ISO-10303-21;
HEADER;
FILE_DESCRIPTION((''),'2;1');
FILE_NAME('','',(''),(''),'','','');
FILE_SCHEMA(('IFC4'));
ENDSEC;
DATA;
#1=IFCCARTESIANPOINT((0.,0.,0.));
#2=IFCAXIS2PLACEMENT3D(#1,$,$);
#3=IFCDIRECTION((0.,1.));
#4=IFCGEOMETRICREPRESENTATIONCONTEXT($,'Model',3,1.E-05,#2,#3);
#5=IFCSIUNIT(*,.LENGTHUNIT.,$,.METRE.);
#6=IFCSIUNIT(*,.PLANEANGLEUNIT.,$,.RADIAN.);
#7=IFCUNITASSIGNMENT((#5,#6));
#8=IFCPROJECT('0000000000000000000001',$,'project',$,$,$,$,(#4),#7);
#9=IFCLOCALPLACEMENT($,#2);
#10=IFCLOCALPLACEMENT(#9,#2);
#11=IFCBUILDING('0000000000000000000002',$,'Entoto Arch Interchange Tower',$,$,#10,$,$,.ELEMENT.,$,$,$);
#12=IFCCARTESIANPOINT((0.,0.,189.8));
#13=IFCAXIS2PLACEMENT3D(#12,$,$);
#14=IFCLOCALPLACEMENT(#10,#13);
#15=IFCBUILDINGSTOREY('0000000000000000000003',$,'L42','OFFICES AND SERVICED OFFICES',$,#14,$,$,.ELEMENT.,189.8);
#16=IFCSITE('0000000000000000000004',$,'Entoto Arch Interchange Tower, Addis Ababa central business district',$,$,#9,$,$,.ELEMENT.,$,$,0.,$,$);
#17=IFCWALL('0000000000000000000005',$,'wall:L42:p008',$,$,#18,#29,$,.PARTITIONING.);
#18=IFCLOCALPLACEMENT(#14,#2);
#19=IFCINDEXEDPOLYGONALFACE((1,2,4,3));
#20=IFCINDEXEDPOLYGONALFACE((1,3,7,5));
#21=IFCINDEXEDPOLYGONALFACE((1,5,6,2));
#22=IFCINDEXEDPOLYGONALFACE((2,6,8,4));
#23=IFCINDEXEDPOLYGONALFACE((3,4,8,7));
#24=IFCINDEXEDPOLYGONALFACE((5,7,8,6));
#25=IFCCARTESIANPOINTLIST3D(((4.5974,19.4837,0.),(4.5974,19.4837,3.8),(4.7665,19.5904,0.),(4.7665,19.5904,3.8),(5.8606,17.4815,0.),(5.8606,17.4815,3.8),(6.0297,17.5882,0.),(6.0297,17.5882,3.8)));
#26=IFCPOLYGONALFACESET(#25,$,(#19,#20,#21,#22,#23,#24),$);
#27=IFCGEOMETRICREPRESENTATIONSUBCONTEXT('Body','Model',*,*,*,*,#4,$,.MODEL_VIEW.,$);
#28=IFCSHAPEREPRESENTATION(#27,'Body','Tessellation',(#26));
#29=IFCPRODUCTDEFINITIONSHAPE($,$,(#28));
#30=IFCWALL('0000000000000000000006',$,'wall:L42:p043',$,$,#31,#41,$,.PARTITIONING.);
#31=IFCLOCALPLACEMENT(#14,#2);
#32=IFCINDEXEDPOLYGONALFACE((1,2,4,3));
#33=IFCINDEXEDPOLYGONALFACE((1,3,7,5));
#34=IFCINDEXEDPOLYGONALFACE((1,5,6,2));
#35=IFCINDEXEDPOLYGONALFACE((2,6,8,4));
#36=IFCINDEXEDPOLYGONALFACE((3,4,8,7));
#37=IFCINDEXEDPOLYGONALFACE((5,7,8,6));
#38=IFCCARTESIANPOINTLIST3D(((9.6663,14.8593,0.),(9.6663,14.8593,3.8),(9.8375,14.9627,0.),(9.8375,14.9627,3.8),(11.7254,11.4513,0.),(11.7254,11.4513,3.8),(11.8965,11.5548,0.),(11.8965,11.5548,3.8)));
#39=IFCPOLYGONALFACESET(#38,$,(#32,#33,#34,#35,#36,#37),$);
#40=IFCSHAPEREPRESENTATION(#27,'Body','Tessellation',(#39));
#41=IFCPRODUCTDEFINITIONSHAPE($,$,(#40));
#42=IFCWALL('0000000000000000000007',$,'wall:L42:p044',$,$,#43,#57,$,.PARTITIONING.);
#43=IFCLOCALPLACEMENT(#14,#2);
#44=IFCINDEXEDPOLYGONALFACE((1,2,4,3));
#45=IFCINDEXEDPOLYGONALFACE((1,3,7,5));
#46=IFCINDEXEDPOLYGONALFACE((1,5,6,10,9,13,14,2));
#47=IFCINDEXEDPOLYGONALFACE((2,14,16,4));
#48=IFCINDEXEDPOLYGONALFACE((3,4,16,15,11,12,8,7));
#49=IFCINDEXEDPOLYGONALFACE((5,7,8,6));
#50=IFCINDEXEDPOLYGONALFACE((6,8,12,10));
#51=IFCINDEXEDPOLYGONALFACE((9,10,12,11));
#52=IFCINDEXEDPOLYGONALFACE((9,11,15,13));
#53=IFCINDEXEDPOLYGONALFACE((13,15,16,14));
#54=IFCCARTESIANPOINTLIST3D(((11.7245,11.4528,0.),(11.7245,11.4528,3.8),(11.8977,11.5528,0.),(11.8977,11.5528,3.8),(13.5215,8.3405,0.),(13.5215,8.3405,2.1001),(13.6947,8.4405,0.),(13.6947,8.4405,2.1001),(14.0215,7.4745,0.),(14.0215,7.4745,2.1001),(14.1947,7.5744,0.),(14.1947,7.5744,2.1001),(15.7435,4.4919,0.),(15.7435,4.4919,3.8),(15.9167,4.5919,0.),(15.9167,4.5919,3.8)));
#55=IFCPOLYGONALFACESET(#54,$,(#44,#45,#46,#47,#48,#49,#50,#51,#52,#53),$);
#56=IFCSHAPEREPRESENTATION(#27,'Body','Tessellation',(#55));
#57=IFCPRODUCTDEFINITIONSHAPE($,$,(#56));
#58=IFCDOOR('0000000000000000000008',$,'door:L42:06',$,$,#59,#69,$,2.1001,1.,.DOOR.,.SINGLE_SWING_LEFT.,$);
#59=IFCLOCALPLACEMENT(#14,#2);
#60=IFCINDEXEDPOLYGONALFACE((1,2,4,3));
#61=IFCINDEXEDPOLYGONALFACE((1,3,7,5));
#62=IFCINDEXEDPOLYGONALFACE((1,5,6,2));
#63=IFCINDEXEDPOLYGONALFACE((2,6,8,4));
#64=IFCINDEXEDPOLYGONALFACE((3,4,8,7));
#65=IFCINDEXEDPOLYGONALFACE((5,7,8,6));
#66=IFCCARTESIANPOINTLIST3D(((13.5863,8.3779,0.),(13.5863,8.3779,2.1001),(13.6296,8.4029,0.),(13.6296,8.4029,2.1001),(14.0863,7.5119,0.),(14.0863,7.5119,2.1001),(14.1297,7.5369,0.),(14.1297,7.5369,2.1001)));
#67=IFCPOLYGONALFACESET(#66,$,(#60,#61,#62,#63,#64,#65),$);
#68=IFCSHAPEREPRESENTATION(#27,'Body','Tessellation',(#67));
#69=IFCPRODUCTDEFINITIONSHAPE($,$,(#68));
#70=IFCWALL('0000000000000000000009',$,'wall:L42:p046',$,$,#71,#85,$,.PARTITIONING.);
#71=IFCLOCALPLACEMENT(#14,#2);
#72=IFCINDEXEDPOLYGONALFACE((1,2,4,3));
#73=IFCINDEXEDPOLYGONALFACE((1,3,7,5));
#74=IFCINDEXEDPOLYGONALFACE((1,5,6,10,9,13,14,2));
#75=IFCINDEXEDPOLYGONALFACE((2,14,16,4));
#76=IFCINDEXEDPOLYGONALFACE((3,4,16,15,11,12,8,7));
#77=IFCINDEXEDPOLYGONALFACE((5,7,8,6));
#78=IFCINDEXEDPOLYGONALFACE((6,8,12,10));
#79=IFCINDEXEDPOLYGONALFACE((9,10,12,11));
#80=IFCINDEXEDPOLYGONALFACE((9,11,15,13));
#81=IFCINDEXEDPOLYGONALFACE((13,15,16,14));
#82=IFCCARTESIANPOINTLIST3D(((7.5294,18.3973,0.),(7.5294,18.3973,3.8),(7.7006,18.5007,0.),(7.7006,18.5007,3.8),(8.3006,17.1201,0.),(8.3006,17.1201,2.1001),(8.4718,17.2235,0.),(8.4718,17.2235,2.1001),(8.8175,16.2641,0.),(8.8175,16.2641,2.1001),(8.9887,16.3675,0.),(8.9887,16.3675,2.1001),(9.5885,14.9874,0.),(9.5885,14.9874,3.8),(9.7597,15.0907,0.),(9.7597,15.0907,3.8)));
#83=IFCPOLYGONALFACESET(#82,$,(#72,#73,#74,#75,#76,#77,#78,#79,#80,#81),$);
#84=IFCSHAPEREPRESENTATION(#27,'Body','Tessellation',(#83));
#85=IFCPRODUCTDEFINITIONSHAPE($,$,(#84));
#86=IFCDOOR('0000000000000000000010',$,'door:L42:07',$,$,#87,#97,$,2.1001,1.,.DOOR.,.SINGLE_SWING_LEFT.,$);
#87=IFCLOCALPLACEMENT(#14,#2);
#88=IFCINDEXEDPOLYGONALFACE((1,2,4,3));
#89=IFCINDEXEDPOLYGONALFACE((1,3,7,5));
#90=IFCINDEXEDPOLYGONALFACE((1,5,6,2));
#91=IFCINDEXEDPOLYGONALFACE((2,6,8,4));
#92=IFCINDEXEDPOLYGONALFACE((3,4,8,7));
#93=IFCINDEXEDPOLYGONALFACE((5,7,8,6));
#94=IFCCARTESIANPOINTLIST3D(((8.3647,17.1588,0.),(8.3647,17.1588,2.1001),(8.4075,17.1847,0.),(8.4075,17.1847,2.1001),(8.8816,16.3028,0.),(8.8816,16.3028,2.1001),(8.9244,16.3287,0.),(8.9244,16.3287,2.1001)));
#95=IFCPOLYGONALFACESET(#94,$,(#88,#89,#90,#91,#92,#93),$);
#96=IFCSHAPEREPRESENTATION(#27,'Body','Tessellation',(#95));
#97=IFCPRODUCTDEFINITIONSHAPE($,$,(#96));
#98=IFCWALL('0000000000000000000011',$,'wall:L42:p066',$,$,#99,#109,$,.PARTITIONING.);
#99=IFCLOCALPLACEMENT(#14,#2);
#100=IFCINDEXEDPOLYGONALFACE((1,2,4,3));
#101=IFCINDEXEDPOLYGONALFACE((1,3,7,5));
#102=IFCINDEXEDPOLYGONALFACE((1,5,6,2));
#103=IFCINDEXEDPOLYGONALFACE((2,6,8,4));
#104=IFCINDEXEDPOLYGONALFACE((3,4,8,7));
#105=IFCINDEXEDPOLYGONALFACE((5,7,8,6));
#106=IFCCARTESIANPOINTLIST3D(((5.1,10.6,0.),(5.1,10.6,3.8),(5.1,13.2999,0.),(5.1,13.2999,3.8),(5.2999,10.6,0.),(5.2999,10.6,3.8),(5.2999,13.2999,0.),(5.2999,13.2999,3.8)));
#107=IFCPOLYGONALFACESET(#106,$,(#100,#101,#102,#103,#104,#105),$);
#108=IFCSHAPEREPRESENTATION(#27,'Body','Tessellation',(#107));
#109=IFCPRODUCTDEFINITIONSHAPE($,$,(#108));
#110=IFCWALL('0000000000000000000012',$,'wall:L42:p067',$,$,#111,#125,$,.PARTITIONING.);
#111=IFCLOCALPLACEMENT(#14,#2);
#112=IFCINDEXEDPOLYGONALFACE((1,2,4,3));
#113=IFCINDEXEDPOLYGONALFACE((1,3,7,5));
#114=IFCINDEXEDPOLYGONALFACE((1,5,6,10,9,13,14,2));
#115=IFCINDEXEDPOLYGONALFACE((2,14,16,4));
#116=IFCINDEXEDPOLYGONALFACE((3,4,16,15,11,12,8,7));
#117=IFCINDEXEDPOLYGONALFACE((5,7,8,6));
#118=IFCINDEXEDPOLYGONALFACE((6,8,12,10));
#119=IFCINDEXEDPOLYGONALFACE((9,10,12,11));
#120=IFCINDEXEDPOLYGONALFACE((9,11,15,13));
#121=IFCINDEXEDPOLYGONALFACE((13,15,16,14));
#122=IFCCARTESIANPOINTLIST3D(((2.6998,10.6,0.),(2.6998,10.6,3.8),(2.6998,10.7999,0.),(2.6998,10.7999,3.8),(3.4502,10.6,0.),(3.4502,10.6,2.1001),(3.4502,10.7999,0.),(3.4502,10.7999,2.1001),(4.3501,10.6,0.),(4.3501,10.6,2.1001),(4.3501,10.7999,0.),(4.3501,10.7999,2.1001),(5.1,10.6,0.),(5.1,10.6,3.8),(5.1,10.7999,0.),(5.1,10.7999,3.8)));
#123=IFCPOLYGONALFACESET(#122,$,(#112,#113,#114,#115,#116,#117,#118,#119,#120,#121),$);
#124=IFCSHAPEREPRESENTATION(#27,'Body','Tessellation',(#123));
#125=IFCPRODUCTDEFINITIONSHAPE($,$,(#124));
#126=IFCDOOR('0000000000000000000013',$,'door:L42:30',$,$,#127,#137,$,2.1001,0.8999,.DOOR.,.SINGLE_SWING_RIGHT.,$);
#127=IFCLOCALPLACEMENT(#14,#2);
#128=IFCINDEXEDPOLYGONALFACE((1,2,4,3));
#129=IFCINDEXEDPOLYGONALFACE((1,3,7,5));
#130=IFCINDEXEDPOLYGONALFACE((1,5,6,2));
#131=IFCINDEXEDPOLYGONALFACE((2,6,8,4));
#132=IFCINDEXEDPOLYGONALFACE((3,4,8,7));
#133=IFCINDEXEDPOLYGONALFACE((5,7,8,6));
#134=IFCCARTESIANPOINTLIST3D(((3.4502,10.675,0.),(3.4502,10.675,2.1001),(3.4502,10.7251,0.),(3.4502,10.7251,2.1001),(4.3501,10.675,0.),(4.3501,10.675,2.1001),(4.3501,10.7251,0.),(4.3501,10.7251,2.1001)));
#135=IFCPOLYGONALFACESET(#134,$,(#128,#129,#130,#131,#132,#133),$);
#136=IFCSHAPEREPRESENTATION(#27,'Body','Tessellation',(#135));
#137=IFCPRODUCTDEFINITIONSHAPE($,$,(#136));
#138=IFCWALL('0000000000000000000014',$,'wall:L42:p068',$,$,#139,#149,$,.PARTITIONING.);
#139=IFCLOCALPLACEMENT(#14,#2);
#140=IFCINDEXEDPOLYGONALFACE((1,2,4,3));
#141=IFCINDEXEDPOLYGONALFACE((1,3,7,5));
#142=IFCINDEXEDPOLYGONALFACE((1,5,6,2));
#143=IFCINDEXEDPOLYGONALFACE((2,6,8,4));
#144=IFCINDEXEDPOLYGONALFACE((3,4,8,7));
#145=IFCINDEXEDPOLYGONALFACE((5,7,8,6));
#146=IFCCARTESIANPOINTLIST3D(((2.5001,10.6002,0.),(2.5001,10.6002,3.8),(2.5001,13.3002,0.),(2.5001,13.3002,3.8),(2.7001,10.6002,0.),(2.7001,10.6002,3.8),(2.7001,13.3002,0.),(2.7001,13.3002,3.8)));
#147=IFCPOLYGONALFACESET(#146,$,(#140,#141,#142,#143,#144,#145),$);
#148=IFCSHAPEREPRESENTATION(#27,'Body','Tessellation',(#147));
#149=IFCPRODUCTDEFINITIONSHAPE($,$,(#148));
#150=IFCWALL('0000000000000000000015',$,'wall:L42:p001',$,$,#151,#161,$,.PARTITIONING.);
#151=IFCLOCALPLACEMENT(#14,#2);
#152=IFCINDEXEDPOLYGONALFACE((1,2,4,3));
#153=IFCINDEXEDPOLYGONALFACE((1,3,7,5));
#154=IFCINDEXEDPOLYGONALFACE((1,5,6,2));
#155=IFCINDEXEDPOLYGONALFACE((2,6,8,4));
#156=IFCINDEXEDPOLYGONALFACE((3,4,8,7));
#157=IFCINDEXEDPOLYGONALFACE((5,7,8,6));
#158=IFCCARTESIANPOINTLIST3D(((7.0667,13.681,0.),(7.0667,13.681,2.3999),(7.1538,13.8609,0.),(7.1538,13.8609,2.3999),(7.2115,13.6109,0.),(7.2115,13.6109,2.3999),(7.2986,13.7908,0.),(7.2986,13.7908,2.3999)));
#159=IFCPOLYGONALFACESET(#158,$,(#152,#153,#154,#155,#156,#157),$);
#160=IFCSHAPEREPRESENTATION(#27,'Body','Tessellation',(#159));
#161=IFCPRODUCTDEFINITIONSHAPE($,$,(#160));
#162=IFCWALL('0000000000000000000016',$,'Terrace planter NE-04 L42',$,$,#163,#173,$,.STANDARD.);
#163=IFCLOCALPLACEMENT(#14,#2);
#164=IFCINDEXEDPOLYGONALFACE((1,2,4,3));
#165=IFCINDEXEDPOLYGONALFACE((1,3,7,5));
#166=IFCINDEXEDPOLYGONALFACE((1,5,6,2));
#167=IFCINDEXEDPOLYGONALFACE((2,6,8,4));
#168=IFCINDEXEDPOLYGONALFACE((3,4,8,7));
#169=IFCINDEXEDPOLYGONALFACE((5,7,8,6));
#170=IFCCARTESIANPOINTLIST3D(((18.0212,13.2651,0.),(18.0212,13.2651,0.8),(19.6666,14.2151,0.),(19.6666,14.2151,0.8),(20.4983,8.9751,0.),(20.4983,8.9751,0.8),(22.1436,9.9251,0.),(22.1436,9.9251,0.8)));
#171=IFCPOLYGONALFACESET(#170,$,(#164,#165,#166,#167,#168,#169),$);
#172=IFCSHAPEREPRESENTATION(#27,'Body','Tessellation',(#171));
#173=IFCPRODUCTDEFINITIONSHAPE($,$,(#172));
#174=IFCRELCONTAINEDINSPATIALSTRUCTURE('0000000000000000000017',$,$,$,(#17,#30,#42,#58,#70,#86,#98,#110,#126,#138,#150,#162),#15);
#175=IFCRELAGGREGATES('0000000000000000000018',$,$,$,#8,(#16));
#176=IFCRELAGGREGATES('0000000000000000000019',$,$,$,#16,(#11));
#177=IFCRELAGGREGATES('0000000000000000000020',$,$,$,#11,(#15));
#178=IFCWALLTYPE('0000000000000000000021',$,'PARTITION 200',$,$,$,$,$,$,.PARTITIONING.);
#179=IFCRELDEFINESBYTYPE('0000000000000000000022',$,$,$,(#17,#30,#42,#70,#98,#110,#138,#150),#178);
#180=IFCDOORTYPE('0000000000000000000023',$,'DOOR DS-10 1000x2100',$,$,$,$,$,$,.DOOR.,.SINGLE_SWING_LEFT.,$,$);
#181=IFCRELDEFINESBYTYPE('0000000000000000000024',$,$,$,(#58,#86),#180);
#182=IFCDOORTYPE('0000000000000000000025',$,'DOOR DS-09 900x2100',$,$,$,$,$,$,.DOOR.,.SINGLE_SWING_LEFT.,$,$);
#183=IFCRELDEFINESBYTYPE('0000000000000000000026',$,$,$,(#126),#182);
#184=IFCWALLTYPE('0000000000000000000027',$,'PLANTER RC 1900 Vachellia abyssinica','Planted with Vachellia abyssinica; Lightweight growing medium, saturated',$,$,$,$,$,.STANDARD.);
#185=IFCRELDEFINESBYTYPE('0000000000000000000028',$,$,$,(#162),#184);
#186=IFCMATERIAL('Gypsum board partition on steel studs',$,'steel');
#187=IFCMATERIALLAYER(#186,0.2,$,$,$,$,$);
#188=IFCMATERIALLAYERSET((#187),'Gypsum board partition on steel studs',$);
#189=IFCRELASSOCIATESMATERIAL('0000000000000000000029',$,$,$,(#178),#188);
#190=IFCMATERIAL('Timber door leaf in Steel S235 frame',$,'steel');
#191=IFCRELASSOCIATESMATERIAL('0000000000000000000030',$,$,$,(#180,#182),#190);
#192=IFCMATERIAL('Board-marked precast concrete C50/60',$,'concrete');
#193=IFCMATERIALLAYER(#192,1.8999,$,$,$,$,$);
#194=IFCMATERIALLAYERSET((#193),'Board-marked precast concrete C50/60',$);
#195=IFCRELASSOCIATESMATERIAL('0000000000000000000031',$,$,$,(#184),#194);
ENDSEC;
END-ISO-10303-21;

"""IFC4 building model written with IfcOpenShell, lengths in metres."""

from ifc_helpers import new_model, si_unit, direction, frame, frame_2d, origin, place, context, subcontext, project, spatial, rectangle, extrude, material, layer, layer_set, type_object, element, fill, save


model = new_model("IFC4")

# Units and contexts
model_context = context("Model", 3, precision=1e-05, world=origin(), true_north=direction((0.0, 1.0)))
body_context = subcontext(model_context, "Body", "Model", "MODEL_VIEW")
ifc_project = project(units=[si_unit("LENGTHUNIT", "METRE"), si_unit("PLANEANGLEUNIT", "RADIAN")], contexts=[model_context])

# Site, building, storey
site_placement = place(None, origin())
site = spatial("IfcSite", under=ifc_project, at=site_placement, Name="Entoto Arch Interchange Tower, Addis Ababa central business district", CompositionType="ELEMENT", RefElevation=0.0)
building_placement = place(site_placement, origin())
building = spatial("IfcBuilding", under=site, at=building_placement, Name="Entoto Arch Interchange Tower", CompositionType="ELEMENT")
storey_placement = place(building_placement, frame((0.0, 0.0, 189.8)))
storey = spatial("IfcBuildingStorey", under=building, at=storey_placement, Name="L42", Description="OFFICES AND SERVICED OFFICES", CompositionType="ELEMENT", Elevation=189.8)

# Shared definitions
ifc_material_1 = material(Name="Gypsum board partition on steel studs", Category="steel")
ifc_layer_1 = layer(ifc_material_1, 0.2)
ifc_layer_set_1 = layer_set([ifc_layer_1], Name="Gypsum board partition on steel studs")
wall_type_1 = type_object("IfcWallType", Name="PARTITION 200", PredefinedType="PARTITIONING", material=ifc_layer_set_1)

# Shared definitions
ifc_material_2 = material(Name="Timber door leaf in Steel S235 frame", Category="steel")
door_type_1 = type_object("IfcDoorType", Name="DOOR DS-10 1000x2100", OperationType="SINGLE_SWING_LEFT", PredefinedType="DOOR", material=ifc_material_2)

# Walls
wall_1_placement = place(storey_placement, frame((5.9451, 17.5349, 0.0), z_axis=(0.0, 0.0, 1.0), x_axis=(-0.533582, 0.845749, 0.0)))
element("IfcWall", 1, at=wall_1_placement, inside=storey, type_object=wall_type_1, Name="wall:L42:p008", PredefinedType="PARTITIONING", context=body_context, shape_type="SweptSolid", body=[
    extrude(rectangle(XDim=2.3674, YDim=0.2, at=frame_2d((1.1836, 0.0))), origin(), (0.0, 0.0, 1.0), 3.8),
])
wall_2_placement = place(storey_placement, frame((9.752, 14.9109, 0.0), z_axis=(0.0, 0.0, 1.0), x_axis=(0.517135, -0.855904, 0.0)))
element("IfcWall", 2, at=wall_2_placement, inside=storey, type_object=wall_type_1, Name="wall:L42:p043", PredefinedType="PARTITIONING", context=body_context, shape_type="SweptSolid", body=[
    extrude(rectangle(XDim=3.9817, YDim=0.2, at=frame_2d((1.9907, 0.0))), origin(), (0.0, 0.0, 1.0), 3.8),
])

# Walls, openings, doors
wall_3_placement = place(storey_placement, frame((11.811, 11.5029, 0.0), z_axis=(0.0, 0.0, 1.0), x_axis=(0.500013, -0.866018, 0.0)))
wall_3 = element("IfcWall", 3, at=wall_3_placement, inside=storey, type_object=wall_type_1, Name="wall:L42:p044", PredefinedType="PARTITIONING", context=body_context, shape_type="SweptSolid", body=[
    extrude(rectangle(XDim=8.0378, YDim=0.2, at=frame_2d((4.019, 0.0))), origin(), (0.0, 0.0, 1.0), 3.8),
])
opening_1_placement = place(wall_3_placement, frame((3.594, 0.0, 0.0)))
opening_1 = element("IfcOpeningElement", 4, at=opening_1_placement, cuts=wall_3, PredefinedType="OPENING", context=body_context, shape_type="SweptSolid", body=[
    extrude(rectangle(XDim=1.0, YDim=2.1001, at=frame_2d((0.5, 1.05))), frame((0.0, 0.1099, 0.0), z_axis=(0.0, -1.0, 0.0), x_axis=(1.0, 0.0, 0.0)), (0.0, 0.0, 1.0), 0.22),
])
door_1_placement = place(opening_1_placement, origin())
door_1 = element("IfcDoor", 5, at=door_1_placement, inside=storey, type_object=door_type_1, Name="door:L42:06", OperationType="SINGLE_SWING_LEFT", OverallHeight=2.1001, OverallWidth=1.0, PredefinedType="DOOR", context=body_context, shape_type="SweptSolid", body=[
    extrude(rectangle(XDim=1.0, YDim=2.1001, at=frame_2d((0.5, 1.05))), frame((0.0, 0.0249, 0.0), z_axis=(0.0, -1.0, 0.0), x_axis=(1.0, 0.0, 0.0)), (0.0, 0.0, 1.0), 0.05),
])
fill(opening_1, door_1)
wall_4_placement = place(storey_placement, frame((7.615, 18.449, 0.0), z_axis=(0.0, 0.0, 1.0), x_axis=(0.516918, -0.856035, 0.0)))
wall_4 = element("IfcWall", 6, at=wall_4_placement, inside=storey, type_object=wall_type_1, Name="wall:L42:p046", PredefinedType="PARTITIONING", context=body_context, shape_type="SweptSolid", body=[
    extrude(rectangle(XDim=3.9834, YDim=0.2, at=frame_2d((1.9917, 0.0))), origin(), (0.0, 0.0, 1.0), 3.8),
])
opening_2_placement = place(wall_4_placement, frame((1.4919, 0.0, 0.0)))
opening_2 = element("IfcOpeningElement", 7, at=opening_2_placement, cuts=wall_4, PredefinedType="OPENING", context=body_context, shape_type="SweptSolid", body=[
    extrude(rectangle(XDim=1.0, YDim=2.1001, at=frame_2d((0.5, 1.05))), frame((0.0, 0.1099, 0.0), z_axis=(0.0, -1.0, 0.0), x_axis=(1.0, 0.0, 0.0)), (0.0, 0.0, 1.0), 0.22),
])
door_2_placement = place(opening_2_placement, origin())
door_2 = element("IfcDoor", 8, at=door_2_placement, inside=storey, type_object=door_type_1, Name="door:L42:07", OperationType="SINGLE_SWING_LEFT", OverallHeight=2.1001, OverallWidth=1.0, PredefinedType="DOOR", context=body_context, shape_type="SweptSolid", body=[
    extrude(rectangle(XDim=1.0, YDim=2.1001, at=frame_2d((0.5, 1.05))), frame((0.0, 0.0249, 0.0), z_axis=(0.0, -1.0, 0.0), x_axis=(1.0, 0.0, 0.0)), (0.0, 0.0, 1.0), 0.05),
])
fill(opening_2, door_2)

# Wall
wall_5_placement = place(storey_placement, frame((5.2, 13.3, 0.0), z_axis=(0.0, 0.0, 1.0), x_axis=(0.0, -1.0, 0.0)))
element("IfcWall", 9, at=wall_5_placement, inside=storey, type_object=wall_type_1, Name="wall:L42:p066", PredefinedType="PARTITIONING", context=body_context, shape_type="SweptSolid", body=[
    extrude(rectangle(XDim=2.7, YDim=0.2, at=frame_2d((1.3501, 0.0))), origin(), (0.0, 0.0, 1.0), 3.8),
])

# Wall, opening, door
wall_6_placement = place(storey_placement, frame((5.1001, 10.7, 0.0), z_axis=(0.0, 0.0, 1.0), x_axis=(-1.0, 0.0, 0.0)))
wall_6 = element("IfcWall", 10, at=wall_6_placement, inside=storey, type_object=wall_type_1, Name="wall:L42:p067", PredefinedType="PARTITIONING", context=body_context, shape_type="SweptSolid", body=[
    extrude(rectangle(XDim=2.4001, YDim=0.2, at=frame_2d((1.2002, 0.0))), origin(), (0.0, 0.0, 1.0), 3.8),
])
opening_3_placement = place(wall_6_placement, frame((0.75, 0.0, 0.0)))
opening_3 = element("IfcOpeningElement", 11, at=opening_3_placement, cuts=wall_6, PredefinedType="OPENING", context=body_context, shape_type="SweptSolid", body=[
    extrude(rectangle(XDim=0.8999, YDim=2.1001, at=frame_2d((0.45, 1.05))), frame((0.0, 0.1099, 0.0), z_axis=(0.0, -1.0, 0.0), x_axis=(1.0, 0.0, 0.0)), (0.0, 0.0, 1.0), 0.22),
])
door_type_2 = type_object("IfcDoorType", Name="DOOR DS-09 900x2100", OperationType="SINGLE_SWING_LEFT", PredefinedType="DOOR", material=ifc_material_2)
door_3_placement = place(opening_3_placement, origin())
door_3 = element("IfcDoor", 12, at=door_3_placement, inside=storey, type_object=door_type_2, Name="door:L42:30", OperationType="SINGLE_SWING_RIGHT", OverallHeight=2.1001, OverallWidth=0.8999, PredefinedType="DOOR", context=body_context, shape_type="SweptSolid", body=[
    extrude(rectangle(XDim=0.8999, YDim=2.1001, at=frame_2d((0.45, 1.05))), frame((0.0, 0.0249, 0.0), z_axis=(0.0, -1.0, 0.0), x_axis=(1.0, 0.0, 0.0)), (0.0, 0.0, 1.0), 0.05),
])
fill(opening_3, door_3)

# Walls
wall_7_placement = place(storey_placement, frame((2.6001, 10.6001, 0.0), z_axis=(0.0, 0.0, 1.0), x_axis=(0.0, 1.0, 0.0)))
element("IfcWall", 13, at=wall_7_placement, inside=storey, type_object=wall_type_1, Name="wall:L42:p068", PredefinedType="PARTITIONING", context=body_context, shape_type="SweptSolid", body=[
    extrude(rectangle(XDim=2.7, YDim=0.2, at=frame_2d((1.3501, 0.0))), origin(), (0.0, 0.0, 1.0), 3.8),
])
wall_8_placement = place(storey_placement, frame((7.1101, 13.771, 0.0), z_axis=(0.0, 0.0, 1.0), x_axis=(0.900121, -0.43564, 0.0)))
element("IfcWall", 14, at=wall_8_placement, inside=storey, type_object=wall_type_1, Name="wall:L42:p001", PredefinedType="PARTITIONING", context=body_context, shape_type="SweptSolid", body=[
    extrude(rectangle(XDim=0.1609, YDim=0.2, at=frame_2d((0.0806, 0.0))), origin(), (0.0, 0.0, 1.0), 2.3999),
])
ifc_material_3 = material(Name="Board-marked precast concrete C50/60", Category="concrete")
ifc_layer_2 = layer(ifc_material_3, 1.8999)
ifc_layer_set_2 = layer_set([ifc_layer_2], Name="Board-marked precast concrete C50/60")
wall_type_2 = type_object("IfcWallType", Name="PLANTER RC 1900 Vachellia abyssinica", Description="Planted with Vachellia abyssinica; Lightweight growing medium, saturated", PredefinedType="STANDARD", material=ifc_layer_set_2)
wall_9_placement = place(storey_placement, frame((21.321, 9.45, 0.0), z_axis=(0.0, 0.0, 1.0), x_axis=(-0.50003, 0.866008, 0.0)))
element("IfcWall", 15, at=wall_9_placement, inside=storey, type_object=wall_type_2, Name="Terrace planter NE-04 L42", PredefinedType="STANDARD", context=body_context, shape_type="SweptSolid", body=[
    extrude(rectangle(XDim=4.9539, YDim=1.8999, at=frame_2d((2.4771, 0.0))), origin(), (0.0, 0.0, 1.0), 0.8),
])

save(model, "model.ifc")
